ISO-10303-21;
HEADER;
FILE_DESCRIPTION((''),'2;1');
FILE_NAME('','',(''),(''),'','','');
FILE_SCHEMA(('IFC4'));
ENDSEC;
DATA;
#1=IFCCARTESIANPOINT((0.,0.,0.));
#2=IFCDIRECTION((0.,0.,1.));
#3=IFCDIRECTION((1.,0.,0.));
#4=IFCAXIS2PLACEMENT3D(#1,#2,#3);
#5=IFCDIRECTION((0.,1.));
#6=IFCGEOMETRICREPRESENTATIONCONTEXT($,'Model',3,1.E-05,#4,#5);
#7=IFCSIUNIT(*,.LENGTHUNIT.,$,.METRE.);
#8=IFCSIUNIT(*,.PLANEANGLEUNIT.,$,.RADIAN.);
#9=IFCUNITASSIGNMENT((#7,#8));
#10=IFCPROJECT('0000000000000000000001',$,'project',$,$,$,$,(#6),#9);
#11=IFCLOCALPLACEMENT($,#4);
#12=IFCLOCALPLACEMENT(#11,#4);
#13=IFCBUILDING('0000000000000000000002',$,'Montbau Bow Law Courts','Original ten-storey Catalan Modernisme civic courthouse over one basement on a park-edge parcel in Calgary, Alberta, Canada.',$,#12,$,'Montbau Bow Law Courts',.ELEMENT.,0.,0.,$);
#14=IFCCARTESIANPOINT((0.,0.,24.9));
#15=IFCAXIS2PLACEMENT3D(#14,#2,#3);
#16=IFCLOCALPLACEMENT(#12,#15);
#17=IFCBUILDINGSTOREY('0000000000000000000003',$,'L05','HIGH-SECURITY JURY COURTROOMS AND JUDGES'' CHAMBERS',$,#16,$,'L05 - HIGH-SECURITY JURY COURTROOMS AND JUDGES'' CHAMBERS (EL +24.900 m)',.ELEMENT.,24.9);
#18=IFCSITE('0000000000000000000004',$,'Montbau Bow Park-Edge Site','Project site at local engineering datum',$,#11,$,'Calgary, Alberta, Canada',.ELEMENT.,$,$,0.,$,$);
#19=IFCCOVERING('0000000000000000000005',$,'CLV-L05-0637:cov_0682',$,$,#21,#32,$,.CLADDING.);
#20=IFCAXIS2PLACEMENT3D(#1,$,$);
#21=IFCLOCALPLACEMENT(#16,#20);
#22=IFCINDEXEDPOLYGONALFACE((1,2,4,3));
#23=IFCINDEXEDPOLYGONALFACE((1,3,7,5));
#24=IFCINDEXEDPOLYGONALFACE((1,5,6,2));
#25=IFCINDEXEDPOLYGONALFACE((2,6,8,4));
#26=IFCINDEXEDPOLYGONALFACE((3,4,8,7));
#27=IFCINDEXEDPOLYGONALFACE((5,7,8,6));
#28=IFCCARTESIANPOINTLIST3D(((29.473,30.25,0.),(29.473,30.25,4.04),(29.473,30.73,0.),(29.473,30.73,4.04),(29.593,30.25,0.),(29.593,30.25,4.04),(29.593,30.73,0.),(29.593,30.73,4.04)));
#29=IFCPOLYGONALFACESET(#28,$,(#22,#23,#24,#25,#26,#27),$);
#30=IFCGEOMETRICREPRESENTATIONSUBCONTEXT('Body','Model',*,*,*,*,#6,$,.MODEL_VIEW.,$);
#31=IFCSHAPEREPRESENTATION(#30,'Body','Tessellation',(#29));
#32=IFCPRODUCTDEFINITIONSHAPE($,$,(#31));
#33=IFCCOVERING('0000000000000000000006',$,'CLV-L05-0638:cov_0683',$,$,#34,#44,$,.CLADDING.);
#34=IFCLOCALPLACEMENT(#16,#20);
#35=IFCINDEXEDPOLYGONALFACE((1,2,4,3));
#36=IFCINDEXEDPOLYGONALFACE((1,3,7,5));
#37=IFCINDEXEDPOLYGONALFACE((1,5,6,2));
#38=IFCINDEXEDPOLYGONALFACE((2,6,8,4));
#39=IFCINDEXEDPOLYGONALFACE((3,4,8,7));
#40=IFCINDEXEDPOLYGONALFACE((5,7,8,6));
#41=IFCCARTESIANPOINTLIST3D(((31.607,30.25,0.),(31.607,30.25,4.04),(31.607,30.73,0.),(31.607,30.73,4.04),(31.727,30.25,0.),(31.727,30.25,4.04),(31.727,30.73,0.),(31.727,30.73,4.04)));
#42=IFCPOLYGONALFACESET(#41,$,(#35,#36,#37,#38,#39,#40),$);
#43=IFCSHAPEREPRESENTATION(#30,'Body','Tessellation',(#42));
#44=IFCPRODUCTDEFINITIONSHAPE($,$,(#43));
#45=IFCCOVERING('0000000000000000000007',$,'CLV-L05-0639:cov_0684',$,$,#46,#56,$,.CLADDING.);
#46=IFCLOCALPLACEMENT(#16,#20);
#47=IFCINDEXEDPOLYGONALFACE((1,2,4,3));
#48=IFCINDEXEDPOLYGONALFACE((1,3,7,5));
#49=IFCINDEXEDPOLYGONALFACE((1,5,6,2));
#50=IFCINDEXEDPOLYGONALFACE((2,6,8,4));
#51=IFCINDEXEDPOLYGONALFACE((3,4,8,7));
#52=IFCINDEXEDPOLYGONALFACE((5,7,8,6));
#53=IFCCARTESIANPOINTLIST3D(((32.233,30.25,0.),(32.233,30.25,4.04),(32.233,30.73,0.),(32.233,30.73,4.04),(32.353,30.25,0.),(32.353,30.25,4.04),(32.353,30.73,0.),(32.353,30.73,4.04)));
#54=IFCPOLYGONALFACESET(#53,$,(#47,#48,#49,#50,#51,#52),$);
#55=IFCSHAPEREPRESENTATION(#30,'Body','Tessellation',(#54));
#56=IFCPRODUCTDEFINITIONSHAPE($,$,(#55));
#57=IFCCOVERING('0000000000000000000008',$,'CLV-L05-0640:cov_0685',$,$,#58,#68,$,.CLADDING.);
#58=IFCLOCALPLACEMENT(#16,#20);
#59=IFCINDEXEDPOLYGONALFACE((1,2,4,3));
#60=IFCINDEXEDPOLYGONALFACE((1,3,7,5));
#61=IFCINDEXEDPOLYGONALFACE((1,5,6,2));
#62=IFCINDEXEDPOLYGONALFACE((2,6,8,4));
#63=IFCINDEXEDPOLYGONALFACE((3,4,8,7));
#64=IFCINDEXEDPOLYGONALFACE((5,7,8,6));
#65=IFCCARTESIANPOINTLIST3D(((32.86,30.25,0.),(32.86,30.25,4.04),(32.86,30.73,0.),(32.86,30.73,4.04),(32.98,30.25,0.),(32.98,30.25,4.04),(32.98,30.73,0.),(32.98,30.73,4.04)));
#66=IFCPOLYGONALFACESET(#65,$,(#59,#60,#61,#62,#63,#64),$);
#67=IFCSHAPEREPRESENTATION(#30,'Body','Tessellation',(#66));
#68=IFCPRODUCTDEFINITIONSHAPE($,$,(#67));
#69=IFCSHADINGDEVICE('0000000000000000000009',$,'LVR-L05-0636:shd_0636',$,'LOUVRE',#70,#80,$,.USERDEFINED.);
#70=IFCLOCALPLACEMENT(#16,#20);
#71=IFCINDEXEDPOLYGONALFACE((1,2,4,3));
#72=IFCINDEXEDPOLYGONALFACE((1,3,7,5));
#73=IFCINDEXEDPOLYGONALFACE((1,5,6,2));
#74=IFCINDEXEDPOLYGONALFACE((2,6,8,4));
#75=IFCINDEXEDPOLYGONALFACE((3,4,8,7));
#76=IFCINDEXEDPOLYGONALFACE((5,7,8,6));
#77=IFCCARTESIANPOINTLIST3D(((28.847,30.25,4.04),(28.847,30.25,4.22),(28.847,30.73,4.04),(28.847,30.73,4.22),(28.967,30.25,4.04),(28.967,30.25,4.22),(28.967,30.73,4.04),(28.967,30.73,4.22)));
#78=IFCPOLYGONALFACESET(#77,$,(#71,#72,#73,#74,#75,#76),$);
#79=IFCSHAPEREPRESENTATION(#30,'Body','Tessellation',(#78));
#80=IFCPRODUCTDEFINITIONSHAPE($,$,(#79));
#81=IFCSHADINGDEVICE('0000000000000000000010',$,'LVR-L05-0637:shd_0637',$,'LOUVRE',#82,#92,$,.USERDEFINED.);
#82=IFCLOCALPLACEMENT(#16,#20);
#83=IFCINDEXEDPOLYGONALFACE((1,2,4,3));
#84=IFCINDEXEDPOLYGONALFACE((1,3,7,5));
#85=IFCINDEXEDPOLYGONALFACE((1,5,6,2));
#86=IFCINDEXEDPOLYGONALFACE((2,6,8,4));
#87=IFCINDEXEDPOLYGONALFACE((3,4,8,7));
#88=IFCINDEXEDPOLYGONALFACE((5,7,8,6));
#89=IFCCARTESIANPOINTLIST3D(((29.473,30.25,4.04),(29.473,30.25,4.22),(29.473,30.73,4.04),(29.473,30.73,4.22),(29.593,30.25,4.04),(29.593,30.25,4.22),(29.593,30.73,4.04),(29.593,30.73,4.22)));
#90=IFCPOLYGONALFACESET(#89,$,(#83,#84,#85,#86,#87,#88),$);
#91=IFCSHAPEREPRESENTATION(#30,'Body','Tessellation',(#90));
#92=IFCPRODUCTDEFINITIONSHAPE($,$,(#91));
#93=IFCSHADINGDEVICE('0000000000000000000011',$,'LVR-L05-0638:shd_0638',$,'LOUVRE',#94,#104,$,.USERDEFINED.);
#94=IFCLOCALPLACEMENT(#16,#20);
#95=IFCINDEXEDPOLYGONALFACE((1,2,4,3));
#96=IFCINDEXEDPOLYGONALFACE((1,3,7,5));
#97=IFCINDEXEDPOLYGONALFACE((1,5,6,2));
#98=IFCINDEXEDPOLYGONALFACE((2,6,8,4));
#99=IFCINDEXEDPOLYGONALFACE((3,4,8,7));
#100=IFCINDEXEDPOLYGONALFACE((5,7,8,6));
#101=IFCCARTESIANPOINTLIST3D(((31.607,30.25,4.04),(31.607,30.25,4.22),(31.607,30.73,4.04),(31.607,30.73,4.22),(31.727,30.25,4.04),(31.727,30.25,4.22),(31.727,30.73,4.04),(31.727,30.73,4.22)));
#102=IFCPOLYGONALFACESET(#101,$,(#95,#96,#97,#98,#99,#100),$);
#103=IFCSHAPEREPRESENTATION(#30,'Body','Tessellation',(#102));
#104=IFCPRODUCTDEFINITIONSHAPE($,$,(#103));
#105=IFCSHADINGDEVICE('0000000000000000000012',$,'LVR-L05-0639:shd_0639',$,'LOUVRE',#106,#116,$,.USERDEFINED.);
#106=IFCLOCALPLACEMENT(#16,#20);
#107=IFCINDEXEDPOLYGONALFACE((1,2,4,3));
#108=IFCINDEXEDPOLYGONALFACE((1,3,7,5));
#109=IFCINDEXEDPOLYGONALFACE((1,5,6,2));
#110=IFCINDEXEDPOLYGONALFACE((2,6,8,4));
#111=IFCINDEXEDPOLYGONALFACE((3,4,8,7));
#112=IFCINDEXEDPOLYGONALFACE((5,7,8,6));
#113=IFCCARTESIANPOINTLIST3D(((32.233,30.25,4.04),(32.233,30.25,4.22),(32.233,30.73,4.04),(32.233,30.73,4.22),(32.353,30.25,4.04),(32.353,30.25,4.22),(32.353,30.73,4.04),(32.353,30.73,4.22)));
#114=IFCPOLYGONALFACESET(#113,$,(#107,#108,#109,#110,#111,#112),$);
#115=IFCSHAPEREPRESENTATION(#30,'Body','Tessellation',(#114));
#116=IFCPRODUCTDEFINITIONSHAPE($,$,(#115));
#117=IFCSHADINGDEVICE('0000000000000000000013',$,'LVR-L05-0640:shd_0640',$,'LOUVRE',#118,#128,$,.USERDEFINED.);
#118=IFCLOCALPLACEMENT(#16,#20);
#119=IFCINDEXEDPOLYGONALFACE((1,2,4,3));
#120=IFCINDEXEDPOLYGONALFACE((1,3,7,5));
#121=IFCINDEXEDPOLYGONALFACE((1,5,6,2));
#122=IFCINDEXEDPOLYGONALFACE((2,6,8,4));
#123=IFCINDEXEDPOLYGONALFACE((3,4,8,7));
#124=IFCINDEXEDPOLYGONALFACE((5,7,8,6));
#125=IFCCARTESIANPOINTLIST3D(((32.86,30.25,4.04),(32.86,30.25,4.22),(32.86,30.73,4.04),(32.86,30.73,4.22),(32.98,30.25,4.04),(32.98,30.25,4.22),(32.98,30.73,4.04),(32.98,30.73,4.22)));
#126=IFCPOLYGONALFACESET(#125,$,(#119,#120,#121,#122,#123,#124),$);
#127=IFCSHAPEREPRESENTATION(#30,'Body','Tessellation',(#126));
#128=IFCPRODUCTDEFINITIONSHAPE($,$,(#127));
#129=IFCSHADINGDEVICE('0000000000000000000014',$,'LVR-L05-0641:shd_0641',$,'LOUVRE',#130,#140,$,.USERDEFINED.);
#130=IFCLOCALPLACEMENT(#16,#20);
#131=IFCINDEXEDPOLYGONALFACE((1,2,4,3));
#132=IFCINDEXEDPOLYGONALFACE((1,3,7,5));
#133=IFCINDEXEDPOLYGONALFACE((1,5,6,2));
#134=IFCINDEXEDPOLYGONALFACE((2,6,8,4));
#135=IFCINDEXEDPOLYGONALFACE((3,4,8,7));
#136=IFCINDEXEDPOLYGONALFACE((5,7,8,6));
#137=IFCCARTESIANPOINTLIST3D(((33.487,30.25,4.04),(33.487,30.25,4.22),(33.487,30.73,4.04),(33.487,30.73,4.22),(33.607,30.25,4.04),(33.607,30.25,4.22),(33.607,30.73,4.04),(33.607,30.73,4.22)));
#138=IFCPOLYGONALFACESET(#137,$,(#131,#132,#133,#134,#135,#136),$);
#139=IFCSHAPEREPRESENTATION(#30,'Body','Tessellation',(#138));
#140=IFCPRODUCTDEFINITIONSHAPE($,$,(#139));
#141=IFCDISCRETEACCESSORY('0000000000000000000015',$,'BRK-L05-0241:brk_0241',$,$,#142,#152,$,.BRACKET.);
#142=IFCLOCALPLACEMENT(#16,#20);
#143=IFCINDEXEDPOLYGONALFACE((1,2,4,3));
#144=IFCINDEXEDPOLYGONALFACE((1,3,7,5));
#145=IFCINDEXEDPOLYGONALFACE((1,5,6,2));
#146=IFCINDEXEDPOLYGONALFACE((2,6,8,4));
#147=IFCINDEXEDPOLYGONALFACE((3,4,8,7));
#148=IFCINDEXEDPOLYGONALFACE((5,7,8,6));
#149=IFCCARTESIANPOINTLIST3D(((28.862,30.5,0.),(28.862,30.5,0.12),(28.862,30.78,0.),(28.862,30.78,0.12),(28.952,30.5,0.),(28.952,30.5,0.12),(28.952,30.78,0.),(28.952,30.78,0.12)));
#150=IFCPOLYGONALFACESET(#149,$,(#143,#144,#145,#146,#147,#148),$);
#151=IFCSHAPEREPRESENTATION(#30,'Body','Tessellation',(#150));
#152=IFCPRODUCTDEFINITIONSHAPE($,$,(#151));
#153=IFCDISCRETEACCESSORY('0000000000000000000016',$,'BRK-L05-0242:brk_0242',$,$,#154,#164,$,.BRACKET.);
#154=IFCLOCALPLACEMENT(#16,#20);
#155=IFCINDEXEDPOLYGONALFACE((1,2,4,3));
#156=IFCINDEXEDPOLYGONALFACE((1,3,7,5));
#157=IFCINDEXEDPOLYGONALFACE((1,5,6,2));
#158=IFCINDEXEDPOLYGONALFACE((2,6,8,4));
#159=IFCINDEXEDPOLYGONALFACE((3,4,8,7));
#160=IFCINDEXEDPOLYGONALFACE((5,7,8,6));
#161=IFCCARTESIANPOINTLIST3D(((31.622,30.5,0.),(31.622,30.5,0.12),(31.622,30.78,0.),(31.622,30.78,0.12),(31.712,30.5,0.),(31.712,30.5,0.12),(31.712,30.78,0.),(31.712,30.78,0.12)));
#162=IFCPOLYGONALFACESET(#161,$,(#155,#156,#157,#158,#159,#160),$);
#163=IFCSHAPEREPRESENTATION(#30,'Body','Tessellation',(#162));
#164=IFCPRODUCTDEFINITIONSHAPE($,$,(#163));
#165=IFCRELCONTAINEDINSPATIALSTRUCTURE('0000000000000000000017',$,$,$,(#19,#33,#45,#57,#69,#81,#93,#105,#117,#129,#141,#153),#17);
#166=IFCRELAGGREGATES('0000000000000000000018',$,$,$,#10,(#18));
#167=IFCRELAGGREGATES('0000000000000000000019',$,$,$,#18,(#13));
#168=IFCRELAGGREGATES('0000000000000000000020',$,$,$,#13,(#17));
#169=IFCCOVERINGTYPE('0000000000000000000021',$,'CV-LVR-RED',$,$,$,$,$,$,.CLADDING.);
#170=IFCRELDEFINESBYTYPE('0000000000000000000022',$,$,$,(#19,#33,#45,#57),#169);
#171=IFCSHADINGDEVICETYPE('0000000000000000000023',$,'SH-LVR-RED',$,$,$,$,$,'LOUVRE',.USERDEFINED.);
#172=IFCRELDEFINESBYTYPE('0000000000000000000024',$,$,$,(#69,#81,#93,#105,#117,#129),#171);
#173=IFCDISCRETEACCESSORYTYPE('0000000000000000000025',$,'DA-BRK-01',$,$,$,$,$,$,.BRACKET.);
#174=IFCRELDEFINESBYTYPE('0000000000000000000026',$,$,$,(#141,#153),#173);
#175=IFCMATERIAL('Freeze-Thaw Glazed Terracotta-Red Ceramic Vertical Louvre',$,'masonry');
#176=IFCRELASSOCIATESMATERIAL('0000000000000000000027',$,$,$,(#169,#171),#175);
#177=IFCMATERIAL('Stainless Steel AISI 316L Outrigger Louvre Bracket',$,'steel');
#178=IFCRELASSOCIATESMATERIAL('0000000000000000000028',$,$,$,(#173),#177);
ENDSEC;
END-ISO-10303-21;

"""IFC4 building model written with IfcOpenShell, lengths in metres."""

from ifc_helpers import new_model, si_unit, direction, frame, frame_2d, origin_with_axes, origin_2d_with_axis, place, context, subcontext, project, spatial, rectangle, extrude, material, type_object, element, save


model = new_model("IFC4")

# Units and contexts
model_context = context("Model", 3, precision=1e-05, world=origin_with_axes(), true_north=direction((0.0, 1.0)))
body_context = subcontext(model_context, "Body", "Model", "MODEL_VIEW")
ifc_project = project(units=[si_unit("LENGTHUNIT", "METRE"), si_unit("PLANEANGLEUNIT", "RADIAN")], contexts=[model_context])

# Site, building, storey
site_placement = place(None, origin_with_axes())
site = spatial("IfcSite", under=ifc_project, at=site_placement, Name="Montbau Bow Park-Edge Site", Description="Project site at local engineering datum", LongName="Calgary, Alberta, Canada", CompositionType="ELEMENT", RefElevation=0.0)
building_placement = place(site_placement, origin_with_axes())
building = spatial("IfcBuilding", under=site, at=building_placement, Name="Montbau Bow Law Courts", Description="Original ten-storey Catalan Modernisme civic courthouse over one basement on a park-edge parcel in Calgary, Alberta, Canada.", LongName="Montbau Bow Law Courts", CompositionType="ELEMENT", ElevationOfRefHeight=0.0, ElevationOfTerrain=0.0)
storey_placement = place(building_placement, frame((0.0, 0.0, 24.9), z_axis=(0.0, 0.0, 1.0), x_axis=(1.0, 0.0, 0.0)))
storey = spatial("IfcBuildingStorey", under=building, at=storey_placement, Name="L05", Description="HIGH-SECURITY JURY COURTROOMS AND JUDGES' CHAMBERS", LongName="L05 - HIGH-SECURITY JURY COURTROOMS AND JUDGES' CHAMBERS (EL +24.900 m)", CompositionType="ELEMENT", Elevation=24.9)

# Coverings
ifc_material_1 = material(Name="Freeze-Thaw Glazed Terracotta-Red Ceramic Vertical Louvre", Category="masonry")
covering_type = type_object("IfcCoveringType", Name="CV-LVR-RED", PredefinedType="CLADDING", material=ifc_material_1)
for number, where, z_axis, x_axis, name in (
    (1, (29.533, 30.73, 24.9), (-1.0, 0.0, 0.0), (0.0, -1.0, 0.0), "CLV-L05-0637:cov_0682"),
    (2, (31.667, 30.73, 24.9), (-1.0, 0.0, 0.0), (0.0, -1.0, 0.0), "CLV-L05-0638:cov_0683"),
    (3, (32.293, 30.73, 24.9), (-1.0, 0.0, 0.0), (0.0, -1.0, 0.0), "CLV-L05-0639:cov_0684"),
    (4, (32.92, 30.73, 24.9), (-1.0, 0.0, 0.0), (0.0, -1.0, 0.0), "CLV-L05-0640:cov_0685"),
):
    element("IfcCovering", number, at=place(None, frame(where, z_axis=z_axis, x_axis=x_axis)), inside=storey, type_object=covering_type, Name=name, PredefinedType="CLADDING", context=body_context, shape_type="SweptSolid", body=[
        extrude(rectangle(XDim=0.48, YDim=4.04, at=frame_2d((0.24, 2.02), x_axis=(1.0, 0.0))), frame((0.0, 0.0, -0.06), z_axis=(0.0, 0.0, 1.0), x_axis=(1.0, 0.0, 0.0)), (0.0, 0.0, 1.0), 0.12),
    ])

# Shading devices
shading_device_type = type_object("IfcShadingDeviceType", Name="SH-LVR-RED", ElementType="LOUVRE", PredefinedType="USERDEFINED", material=ifc_material_1)
for number, where, z_axis, x_axis, name in (
    (5, (28.907, 30.49, 28.94), (0.0, 0.0, 1.0), (0.0, -1.0, 0.0), "LVR-L05-0636:shd_0636"),
    (6, (29.533, 30.49, 28.94), (0.0, 0.0, 1.0), (0.0, -1.0, 0.0), "LVR-L05-0637:shd_0637"),
    (7, (31.667, 30.49, 28.94), (0.0, 0.0, 1.0), (0.0, -1.0, 0.0), "LVR-L05-0638:shd_0638"),
    (8, (32.293, 30.49, 28.94), (0.0, 0.0, 1.0), (0.0, -1.0, 0.0), "LVR-L05-0639:shd_0639"),
    (9, (32.92, 30.49, 28.94), (0.0, 0.0, 1.0), (0.0, -1.0, 0.0), "LVR-L05-0640:shd_0640"),
    (10, (33.547, 30.49, 28.94), (0.0, 0.0, 1.0), (0.0, -1.0, 0.0), "LVR-L05-0641:shd_0641"),
):
    element("IfcShadingDevice", number, at=place(None, frame(where, z_axis=z_axis, x_axis=x_axis)), inside=storey, type_object=shading_device_type, Name=name, ObjectType="LOUVRE", PredefinedType="USERDEFINED", context=body_context, shape_type="SweptSolid", body=[
        extrude(rectangle(XDim=0.48, YDim=0.12, at=origin_2d_with_axis()), origin_with_axes(), (0.0, 0.0, 1.0), 0.18),
    ])

# Discrete accessories
ifc_material_2 = material(Name="Stainless Steel AISI 316L Outrigger Louvre Bracket", Category="steel")
discrete_accessory_type = type_object("IfcDiscreteAccessoryType", Name="DA-BRK-01", PredefinedType="BRACKET", material=ifc_material_2)
for number, where, z_axis, x_axis, name in (
    (11, (28.907, 30.64, 24.9), (0.0, 0.0, 1.0), (0.0, -1.0, 0.0), "BRK-L05-0241:brk_0241"),
    (12, (31.667, 30.64, 24.9), (0.0, 0.0, 1.0), (0.0, -1.0, 0.0), "BRK-L05-0242:brk_0242"),
):
    element("IfcDiscreteAccessory", number, at=place(None, frame(where, z_axis=z_axis, x_axis=x_axis)), inside=storey, type_object=discrete_accessory_type, Name=name, PredefinedType="BRACKET", context=body_context, shape_type="SweptSolid", body=[
        extrude(rectangle(XDim=0.28, YDim=0.09, at=origin_2d_with_axis()), origin_with_axes(), (0.0, 0.0, 1.0), 0.12),
    ])

save(model, "model.ifc")
